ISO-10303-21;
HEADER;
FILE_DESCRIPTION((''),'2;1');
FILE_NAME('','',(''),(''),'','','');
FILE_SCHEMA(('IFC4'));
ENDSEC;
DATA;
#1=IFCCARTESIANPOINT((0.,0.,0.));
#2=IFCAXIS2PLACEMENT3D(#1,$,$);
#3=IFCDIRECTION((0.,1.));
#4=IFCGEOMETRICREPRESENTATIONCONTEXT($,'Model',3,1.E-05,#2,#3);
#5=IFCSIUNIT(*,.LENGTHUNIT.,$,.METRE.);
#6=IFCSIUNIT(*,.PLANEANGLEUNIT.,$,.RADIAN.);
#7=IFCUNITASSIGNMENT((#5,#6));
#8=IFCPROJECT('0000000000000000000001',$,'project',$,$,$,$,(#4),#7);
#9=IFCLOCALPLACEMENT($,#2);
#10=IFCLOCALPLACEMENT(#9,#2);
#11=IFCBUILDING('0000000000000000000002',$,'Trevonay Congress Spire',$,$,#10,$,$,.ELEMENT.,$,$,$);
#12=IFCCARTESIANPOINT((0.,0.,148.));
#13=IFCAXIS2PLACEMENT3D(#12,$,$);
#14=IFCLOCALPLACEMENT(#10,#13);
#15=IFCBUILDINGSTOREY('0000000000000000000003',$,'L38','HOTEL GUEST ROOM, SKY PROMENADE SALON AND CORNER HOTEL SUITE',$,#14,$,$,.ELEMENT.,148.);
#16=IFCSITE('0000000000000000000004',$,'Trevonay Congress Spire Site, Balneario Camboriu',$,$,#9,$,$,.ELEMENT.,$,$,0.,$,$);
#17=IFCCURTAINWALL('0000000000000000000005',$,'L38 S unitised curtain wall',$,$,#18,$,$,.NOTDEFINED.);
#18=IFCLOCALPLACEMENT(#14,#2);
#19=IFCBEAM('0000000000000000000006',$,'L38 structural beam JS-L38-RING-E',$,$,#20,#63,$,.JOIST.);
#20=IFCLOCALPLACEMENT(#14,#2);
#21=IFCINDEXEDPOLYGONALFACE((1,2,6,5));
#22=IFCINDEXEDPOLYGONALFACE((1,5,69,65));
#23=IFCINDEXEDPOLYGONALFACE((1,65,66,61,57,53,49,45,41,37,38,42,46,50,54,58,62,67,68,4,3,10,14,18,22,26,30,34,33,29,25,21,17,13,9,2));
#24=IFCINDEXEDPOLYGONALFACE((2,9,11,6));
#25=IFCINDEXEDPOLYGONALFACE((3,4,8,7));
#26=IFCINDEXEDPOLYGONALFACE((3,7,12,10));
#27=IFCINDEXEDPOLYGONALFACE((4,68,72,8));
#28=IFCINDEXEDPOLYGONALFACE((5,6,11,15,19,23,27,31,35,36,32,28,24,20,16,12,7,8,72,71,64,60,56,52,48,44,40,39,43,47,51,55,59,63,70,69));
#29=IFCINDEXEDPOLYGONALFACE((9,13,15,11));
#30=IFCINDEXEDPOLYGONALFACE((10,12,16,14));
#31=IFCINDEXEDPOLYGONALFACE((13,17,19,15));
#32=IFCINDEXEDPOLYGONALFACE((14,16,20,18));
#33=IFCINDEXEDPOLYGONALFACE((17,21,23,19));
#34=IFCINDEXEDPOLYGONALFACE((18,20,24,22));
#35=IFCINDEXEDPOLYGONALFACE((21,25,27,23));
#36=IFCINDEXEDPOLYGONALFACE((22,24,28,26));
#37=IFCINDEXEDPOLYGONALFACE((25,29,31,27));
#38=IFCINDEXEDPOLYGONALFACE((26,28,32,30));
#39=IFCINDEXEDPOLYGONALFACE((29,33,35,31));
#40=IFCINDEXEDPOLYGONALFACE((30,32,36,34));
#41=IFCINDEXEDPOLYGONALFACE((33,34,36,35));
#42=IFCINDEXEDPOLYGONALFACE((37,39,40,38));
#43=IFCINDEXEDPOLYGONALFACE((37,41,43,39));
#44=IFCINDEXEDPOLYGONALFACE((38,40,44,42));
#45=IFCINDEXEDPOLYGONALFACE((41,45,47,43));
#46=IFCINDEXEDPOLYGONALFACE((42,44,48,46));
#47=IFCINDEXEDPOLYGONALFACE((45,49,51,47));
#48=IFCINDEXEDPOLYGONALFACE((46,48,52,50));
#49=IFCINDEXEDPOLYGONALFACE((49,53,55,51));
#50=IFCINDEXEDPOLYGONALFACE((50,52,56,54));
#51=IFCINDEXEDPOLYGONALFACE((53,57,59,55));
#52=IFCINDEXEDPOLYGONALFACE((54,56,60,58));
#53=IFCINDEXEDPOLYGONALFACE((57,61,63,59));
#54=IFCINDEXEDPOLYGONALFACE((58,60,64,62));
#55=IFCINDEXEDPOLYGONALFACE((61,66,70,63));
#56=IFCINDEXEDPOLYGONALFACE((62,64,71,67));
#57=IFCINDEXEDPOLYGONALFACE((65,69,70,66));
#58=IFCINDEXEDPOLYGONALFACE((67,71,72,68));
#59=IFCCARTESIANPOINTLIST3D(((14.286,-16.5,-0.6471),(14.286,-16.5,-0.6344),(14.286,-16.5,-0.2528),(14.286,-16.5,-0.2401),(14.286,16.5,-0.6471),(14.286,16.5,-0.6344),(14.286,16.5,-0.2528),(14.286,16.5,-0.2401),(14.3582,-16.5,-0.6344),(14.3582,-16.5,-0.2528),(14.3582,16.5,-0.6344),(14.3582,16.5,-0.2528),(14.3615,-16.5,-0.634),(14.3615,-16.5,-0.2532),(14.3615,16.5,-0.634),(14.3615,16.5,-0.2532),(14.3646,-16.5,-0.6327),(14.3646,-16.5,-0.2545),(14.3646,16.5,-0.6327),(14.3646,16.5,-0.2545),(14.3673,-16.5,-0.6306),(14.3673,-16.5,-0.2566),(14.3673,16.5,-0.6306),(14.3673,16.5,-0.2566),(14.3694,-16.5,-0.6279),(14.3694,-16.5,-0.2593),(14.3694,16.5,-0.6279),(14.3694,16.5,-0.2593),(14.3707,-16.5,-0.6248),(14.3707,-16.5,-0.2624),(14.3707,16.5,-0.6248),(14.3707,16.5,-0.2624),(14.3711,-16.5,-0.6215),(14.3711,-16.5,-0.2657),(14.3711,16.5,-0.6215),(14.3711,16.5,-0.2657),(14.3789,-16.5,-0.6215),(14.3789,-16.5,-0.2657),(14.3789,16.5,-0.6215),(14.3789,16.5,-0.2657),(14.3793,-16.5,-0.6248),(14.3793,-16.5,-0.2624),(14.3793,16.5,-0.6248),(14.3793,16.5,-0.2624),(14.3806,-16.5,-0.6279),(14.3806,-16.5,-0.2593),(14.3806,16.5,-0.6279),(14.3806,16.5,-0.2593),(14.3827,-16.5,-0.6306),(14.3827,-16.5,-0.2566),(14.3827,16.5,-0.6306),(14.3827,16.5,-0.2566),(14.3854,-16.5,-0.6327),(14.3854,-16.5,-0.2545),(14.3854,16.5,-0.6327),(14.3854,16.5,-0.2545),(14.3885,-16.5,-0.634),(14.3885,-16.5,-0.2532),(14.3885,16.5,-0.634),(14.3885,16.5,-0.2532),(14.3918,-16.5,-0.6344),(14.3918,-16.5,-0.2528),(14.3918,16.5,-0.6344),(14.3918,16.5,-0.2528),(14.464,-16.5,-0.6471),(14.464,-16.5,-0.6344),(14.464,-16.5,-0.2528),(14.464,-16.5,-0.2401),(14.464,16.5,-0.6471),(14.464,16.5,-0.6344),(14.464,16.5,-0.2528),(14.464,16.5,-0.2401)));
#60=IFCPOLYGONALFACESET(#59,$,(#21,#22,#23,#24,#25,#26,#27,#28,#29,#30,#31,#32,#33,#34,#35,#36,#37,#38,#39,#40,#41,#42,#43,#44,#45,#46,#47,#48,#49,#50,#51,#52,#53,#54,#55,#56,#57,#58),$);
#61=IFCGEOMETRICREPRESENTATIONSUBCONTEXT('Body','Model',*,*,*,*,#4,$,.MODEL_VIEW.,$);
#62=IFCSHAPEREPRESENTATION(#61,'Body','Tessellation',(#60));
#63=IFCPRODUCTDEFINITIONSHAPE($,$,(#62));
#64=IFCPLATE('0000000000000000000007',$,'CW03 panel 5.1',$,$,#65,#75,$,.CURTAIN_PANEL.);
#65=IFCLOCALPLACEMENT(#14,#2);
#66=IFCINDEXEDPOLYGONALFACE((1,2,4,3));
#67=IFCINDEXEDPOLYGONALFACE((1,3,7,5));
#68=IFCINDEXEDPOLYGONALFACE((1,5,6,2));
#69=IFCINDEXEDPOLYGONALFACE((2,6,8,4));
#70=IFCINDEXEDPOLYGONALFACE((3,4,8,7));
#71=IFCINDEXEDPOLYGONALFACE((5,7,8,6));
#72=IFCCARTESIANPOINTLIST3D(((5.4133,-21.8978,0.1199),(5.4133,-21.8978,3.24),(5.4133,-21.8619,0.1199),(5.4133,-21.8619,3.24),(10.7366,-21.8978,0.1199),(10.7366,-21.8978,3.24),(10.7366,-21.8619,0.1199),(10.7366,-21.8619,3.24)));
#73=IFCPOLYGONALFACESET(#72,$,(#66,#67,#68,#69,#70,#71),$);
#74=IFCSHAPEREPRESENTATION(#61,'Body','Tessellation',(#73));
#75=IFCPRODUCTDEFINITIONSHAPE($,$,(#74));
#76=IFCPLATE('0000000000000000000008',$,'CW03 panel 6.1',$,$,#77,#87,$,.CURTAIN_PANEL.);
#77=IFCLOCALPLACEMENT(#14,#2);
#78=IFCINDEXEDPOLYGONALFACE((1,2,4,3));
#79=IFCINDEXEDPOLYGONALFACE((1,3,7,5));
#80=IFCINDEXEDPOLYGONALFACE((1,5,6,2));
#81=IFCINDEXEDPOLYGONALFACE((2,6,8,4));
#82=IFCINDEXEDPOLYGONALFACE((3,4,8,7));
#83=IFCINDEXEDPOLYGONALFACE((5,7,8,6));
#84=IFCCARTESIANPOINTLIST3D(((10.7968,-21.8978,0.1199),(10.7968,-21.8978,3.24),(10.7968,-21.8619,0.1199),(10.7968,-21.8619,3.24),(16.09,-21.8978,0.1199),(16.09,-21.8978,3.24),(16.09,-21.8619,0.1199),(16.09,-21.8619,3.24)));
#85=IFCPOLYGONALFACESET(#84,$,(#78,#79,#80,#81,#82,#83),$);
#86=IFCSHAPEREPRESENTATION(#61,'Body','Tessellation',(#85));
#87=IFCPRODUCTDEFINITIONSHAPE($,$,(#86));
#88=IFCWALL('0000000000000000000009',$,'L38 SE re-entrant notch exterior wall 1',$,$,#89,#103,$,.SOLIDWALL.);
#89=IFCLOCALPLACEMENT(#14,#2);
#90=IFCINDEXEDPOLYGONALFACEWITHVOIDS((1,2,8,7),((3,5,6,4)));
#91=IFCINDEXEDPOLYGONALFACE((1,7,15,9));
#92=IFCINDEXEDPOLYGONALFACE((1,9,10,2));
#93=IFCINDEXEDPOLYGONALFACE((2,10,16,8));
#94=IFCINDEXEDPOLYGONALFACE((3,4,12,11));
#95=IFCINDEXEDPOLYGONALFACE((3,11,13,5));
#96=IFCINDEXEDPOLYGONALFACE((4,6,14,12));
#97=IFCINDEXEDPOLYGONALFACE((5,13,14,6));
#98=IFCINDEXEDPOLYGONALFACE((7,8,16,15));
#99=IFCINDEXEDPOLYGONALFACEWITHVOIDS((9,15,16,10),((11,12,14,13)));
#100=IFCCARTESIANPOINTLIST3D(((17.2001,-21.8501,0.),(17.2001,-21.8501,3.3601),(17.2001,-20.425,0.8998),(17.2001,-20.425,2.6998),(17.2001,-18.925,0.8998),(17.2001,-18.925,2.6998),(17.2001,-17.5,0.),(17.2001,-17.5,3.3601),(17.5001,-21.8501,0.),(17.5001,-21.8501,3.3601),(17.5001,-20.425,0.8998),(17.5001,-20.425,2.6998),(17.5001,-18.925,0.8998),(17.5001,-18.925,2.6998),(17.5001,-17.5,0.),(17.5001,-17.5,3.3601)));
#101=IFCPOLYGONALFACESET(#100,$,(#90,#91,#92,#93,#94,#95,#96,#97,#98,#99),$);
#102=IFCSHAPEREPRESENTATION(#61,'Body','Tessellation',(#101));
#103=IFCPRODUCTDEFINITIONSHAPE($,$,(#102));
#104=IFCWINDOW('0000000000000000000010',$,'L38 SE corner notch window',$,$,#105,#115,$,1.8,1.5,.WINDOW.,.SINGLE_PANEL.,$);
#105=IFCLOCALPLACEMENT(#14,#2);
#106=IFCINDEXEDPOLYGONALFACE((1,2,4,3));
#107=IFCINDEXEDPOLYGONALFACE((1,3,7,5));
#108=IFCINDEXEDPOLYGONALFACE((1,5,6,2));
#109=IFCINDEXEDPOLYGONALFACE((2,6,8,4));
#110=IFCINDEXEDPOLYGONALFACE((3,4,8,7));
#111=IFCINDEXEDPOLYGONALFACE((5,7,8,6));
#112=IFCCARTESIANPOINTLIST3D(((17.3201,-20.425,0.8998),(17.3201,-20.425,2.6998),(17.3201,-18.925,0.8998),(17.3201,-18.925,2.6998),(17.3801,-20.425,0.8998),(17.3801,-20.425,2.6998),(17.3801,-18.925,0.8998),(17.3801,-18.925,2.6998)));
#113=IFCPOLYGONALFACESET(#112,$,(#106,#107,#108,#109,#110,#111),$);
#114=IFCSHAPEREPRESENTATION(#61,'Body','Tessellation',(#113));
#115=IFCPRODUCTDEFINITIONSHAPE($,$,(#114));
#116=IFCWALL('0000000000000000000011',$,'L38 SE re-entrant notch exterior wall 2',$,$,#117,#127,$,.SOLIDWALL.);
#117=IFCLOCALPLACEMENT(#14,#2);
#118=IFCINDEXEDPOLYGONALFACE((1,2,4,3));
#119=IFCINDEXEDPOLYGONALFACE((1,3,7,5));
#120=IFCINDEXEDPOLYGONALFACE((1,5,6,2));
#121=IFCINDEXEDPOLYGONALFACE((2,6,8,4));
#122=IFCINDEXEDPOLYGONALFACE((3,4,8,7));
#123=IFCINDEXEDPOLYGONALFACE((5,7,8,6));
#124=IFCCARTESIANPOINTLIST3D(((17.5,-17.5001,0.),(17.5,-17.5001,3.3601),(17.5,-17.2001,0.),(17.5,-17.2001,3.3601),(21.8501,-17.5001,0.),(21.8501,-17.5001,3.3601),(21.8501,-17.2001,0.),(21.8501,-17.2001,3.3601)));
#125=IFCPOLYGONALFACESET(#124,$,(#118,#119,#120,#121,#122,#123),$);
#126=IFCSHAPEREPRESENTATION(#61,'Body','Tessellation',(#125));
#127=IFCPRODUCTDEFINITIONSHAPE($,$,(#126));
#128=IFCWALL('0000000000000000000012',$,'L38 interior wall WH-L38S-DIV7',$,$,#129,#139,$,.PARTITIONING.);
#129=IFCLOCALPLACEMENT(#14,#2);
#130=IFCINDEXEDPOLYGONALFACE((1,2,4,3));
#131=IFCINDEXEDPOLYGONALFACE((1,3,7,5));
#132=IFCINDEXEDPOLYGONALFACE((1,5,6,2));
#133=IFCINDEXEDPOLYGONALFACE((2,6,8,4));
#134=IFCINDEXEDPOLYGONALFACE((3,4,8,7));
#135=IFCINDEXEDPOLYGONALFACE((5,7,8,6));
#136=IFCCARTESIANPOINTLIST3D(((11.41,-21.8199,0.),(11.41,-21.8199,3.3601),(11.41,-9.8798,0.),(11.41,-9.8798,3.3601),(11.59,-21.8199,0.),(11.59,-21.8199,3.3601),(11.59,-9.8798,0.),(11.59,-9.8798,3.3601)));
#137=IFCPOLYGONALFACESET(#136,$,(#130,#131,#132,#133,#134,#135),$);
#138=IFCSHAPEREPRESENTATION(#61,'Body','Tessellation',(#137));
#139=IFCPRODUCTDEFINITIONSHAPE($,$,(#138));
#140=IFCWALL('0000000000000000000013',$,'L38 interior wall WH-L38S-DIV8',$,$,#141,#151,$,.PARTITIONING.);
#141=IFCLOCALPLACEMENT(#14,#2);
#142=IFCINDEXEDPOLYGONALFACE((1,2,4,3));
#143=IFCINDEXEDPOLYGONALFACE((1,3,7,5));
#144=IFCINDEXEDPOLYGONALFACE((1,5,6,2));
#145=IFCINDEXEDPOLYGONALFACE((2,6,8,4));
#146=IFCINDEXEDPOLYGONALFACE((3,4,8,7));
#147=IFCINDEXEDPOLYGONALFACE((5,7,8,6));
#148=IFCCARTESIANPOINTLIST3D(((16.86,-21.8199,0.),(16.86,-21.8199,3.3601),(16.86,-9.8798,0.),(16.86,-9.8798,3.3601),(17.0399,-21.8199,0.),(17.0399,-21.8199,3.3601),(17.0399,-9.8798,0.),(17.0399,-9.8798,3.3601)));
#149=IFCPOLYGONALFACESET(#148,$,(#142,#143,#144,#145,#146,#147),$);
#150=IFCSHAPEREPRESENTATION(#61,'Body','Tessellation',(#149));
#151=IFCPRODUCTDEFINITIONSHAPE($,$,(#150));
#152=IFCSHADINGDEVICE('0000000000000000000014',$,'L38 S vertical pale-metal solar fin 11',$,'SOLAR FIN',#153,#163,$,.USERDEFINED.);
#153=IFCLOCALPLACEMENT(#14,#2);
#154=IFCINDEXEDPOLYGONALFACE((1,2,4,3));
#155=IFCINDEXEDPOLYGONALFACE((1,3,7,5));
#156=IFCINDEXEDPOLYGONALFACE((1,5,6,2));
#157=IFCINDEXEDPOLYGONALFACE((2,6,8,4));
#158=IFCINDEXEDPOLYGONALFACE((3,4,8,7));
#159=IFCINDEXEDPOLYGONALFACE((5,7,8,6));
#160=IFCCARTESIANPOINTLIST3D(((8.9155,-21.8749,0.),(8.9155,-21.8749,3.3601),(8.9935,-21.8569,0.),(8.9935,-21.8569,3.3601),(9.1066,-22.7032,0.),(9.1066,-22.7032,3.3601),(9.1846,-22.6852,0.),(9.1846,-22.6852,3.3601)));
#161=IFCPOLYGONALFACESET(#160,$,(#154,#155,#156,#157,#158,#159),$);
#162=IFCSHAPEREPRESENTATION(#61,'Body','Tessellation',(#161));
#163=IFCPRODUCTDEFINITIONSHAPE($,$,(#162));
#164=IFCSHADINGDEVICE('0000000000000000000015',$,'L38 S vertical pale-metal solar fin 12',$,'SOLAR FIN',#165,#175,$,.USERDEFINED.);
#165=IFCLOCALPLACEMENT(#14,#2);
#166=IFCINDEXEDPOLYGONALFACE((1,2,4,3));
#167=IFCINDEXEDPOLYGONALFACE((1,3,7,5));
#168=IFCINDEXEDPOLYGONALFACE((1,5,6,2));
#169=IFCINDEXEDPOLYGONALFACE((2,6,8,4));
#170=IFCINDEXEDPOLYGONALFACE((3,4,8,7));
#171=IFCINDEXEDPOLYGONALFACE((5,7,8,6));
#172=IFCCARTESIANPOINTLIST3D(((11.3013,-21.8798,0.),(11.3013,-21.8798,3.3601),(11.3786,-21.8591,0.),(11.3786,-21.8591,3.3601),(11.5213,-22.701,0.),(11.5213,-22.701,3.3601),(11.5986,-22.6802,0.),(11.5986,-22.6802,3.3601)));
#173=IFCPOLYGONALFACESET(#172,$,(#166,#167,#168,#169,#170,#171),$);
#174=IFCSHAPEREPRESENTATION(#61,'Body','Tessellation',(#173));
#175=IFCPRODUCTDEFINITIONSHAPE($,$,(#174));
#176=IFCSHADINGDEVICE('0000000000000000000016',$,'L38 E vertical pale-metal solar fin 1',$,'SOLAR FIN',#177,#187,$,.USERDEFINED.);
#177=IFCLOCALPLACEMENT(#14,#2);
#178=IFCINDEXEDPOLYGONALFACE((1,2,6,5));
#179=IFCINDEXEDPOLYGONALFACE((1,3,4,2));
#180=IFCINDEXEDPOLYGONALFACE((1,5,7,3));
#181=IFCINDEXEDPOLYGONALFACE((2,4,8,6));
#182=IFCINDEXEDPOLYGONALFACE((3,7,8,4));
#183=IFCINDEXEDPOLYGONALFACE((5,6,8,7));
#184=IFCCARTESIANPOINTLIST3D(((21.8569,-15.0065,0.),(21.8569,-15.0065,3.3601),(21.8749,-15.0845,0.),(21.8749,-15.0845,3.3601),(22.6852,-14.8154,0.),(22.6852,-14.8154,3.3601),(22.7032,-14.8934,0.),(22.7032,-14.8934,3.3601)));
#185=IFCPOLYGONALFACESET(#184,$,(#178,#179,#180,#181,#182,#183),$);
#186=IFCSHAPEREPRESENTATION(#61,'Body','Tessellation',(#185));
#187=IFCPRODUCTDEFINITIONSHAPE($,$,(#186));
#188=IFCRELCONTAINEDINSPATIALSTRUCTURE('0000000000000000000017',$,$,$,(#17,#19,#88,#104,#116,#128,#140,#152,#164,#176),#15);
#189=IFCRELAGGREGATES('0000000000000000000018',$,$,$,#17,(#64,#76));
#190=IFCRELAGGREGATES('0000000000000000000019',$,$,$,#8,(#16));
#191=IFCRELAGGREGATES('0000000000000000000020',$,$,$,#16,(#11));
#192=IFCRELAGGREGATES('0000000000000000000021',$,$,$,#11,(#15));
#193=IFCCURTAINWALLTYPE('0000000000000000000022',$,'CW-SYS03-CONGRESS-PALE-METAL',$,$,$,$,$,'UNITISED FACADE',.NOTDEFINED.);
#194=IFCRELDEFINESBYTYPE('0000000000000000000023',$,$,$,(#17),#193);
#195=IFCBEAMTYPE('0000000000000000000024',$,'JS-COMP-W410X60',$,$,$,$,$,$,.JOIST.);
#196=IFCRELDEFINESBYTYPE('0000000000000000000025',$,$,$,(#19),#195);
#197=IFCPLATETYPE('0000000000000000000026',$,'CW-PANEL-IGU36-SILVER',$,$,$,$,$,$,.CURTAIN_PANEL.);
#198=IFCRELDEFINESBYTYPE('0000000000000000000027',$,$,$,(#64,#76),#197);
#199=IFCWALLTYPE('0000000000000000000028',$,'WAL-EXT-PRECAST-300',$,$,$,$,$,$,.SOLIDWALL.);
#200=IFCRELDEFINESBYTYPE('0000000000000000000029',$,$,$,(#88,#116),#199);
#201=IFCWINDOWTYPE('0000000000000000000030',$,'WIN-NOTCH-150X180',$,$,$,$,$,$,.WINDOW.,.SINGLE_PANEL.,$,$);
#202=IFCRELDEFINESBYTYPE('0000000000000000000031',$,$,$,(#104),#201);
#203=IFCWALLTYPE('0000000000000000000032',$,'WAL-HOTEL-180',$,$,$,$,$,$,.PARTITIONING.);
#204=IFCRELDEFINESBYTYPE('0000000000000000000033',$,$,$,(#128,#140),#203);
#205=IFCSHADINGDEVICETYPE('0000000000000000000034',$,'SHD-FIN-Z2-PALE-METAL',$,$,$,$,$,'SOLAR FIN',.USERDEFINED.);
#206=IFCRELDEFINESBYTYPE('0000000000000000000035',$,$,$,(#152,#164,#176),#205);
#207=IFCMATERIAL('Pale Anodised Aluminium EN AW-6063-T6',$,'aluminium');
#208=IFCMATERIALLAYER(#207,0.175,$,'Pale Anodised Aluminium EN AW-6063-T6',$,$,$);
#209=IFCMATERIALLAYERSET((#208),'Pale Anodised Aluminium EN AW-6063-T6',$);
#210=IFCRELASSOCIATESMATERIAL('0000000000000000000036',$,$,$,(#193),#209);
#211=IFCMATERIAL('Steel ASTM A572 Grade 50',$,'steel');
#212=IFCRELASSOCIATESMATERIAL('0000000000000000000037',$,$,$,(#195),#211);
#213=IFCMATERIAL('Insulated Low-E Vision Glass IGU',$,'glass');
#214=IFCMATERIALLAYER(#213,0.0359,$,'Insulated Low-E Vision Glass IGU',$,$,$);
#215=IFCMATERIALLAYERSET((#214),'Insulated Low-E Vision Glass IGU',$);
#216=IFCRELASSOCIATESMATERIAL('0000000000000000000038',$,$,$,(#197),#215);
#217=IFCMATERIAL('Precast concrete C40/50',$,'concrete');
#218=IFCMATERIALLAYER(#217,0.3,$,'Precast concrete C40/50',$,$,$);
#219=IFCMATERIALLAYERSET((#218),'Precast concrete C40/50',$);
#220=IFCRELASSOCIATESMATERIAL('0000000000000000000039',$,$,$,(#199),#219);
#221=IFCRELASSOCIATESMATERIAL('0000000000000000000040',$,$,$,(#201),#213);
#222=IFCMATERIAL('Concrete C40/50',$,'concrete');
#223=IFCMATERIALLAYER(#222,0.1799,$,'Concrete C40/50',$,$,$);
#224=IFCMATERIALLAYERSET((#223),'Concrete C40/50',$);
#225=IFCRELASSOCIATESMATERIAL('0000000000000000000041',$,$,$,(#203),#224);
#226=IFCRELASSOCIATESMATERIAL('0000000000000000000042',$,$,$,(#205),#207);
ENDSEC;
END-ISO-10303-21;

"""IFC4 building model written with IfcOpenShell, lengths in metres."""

from ifc_helpers import new_model, si_unit, direction, frame, frame_2d, origin, origin_2d, place, context, subcontext, project, spatial, rectangle, i_section, extrude, material, layer, layer_set, material_profile, profile_set, type_object, element, fill, aggregate, save


model = new_model("IFC4")

# Units and contexts
model_context = context("Model", 3, precision=1e-05, world=origin(), true_north=direction((0.0, 1.0)))
body_context = subcontext(model_context, "Body", "Model", "MODEL_VIEW")
ifc_project = project(units=[si_unit("LENGTHUNIT", "METRE"), si_unit("PLANEANGLEUNIT", "RADIAN")], contexts=[model_context])

# Site, building, storey
site_placement = place(None, origin())
site = spatial("IfcSite", under=ifc_project, at=site_placement, Name="Trevonay Congress Spire Site, Balneario Camboriu", CompositionType="ELEMENT", RefElevation=0.0)
building_placement = place(site_placement, origin())
building = spatial("IfcBuilding", under=site, at=building_placement, Name="Trevonay Congress Spire", CompositionType="ELEMENT")
storey_placement = place(building_placement, frame((0.0, 0.0, 148.0)))
storey = spatial("IfcBuildingStorey", under=building, at=storey_placement, Name="L38", Description="HOTEL GUEST ROOM, SKY PROMENADE SALON AND CORNER HOTEL SUITE", CompositionType="ELEMENT", Elevation=148.0)

# Shared definitions
ifc_material_1 = material(Name="Steel ASTM A572 Grade 50", Category="steel")

# Curtain wall
ifc_material_2 = material(Name="Pale Anodised Aluminium EN AW-6063-T6", Category="aluminium")
ifc_layer_1 = layer(ifc_material_2, 0.175, Name="Pale Anodised Aluminium EN AW-6063-T6")
ifc_layer_set_1 = layer_set([ifc_layer_1], Name="Pale Anodised Aluminium EN AW-6063-T6")
curtain_wall_type = type_object("IfcCurtainWallType", Name="CW-SYS03-CONGRESS-PALE-METAL", ElementType="UNITISED FACADE", PredefinedType="NOTDEFINED", material=ifc_layer_set_1)
curtain_wall_1_placement = place(storey_placement, origin())
curtain_wall_1 = element("IfcCurtainWall", 1, at=curtain_wall_1_placement, inside=storey, type_object=curtain_wall_type, Name="L38 S unitised curtain wall", PredefinedType="NOTDEFINED")

# Beam
ifc_material_profile_1 = material_profile(ifc_material_1, i_section(OverallWidth=0.178, OverallDepth=0.407, WebThickness=0.0078, FlangeThickness=0.0127, FilletRadius=0.0129, at=origin_2d()), Name="W410x60")
ifc_profile_set_1 = profile_set([ifc_material_profile_1], Name="Steel ASTM A572 Grade 50")
beam_type_1 = type_object("IfcBeamType", Name="JS-COMP-W410X60", PredefinedType="JOIST", material=ifc_profile_set_1)
beam_placement = place(storey_placement, frame((14.375, -16.5, -0.4436), z_axis=(0.0, 1.0, 0.0), x_axis=(-1.0, 0.0, 0.0)))
element("IfcBeam", 2, at=beam_placement, inside=storey, type_object=beam_type_1, Name="L38 structural beam JS-L38-RING-E", PredefinedType="JOIST", context=body_context, shape_type="SweptSolid", body=[
    extrude(i_section(OverallWidth=0.178, OverallDepth=0.407, WebThickness=0.0078, FlangeThickness=0.0127, FilletRadius=0.0129, at=origin_2d()), origin(), (0.0, 0.0, 1.0), 33.0),
])

# Plates
ifc_material_3 = material(Name="Insulated Low-E Vision Glass IGU", Category="glass")
ifc_layer_2 = layer(ifc_material_3, 0.0359, Name="Insulated Low-E Vision Glass IGU")
ifc_layer_set_2 = layer_set([ifc_layer_2], Name="Insulated Low-E Vision Glass IGU")
plate_type = type_object("IfcPlateType", Name="CW-PANEL-IGU36-SILVER", PredefinedType="CURTAIN_PANEL", material=ifc_layer_set_2)
plate_1_placement = place(storey_placement, frame((8.075, -21.8799, 0.1199), z_axis=(0.0, 0.0, 1.0), x_axis=(1.0, 0.0, 0.0)))
plate_1 = element("IfcPlate", 3, at=plate_1_placement, type_object=plate_type, Name="CW03 panel 5.1", PredefinedType="CURTAIN_PANEL", context=body_context, shape_type="SweptSolid", body=[
    extrude(rectangle(XDim=5.3232, YDim=0.0359, at=origin_2d()), origin(), (0.0, 0.0, 1.0), 3.1201),
])
plate_2_placement = place(storey_placement, frame((13.4434, -21.8799, 0.1199), z_axis=(0.0, 0.0, 1.0), x_axis=(1.0, 0.0, 0.0)))
plate_2 = element("IfcPlate", 4, at=plate_2_placement, type_object=plate_type, Name="CW03 panel 6.1", PredefinedType="CURTAIN_PANEL", context=body_context, shape_type="SweptSolid", body=[
    extrude(rectangle(XDim=5.2932, YDim=0.0359, at=origin_2d()), origin(), (0.0, 0.0, 1.0), 3.1201),
])
aggregate(curtain_wall_1, [plate_1, plate_2])

# Wall, opening, window
ifc_material_4 = material(Name="Precast concrete C40/50", Category="concrete")
ifc_layer_3 = layer(ifc_material_4, 0.3, Name="Precast concrete C40/50")
ifc_layer_set_3 = layer_set([ifc_layer_3], Name="Precast concrete C40/50")
wall_type_1 = type_object("IfcWallType", Name="WAL-EXT-PRECAST-300", PredefinedType="SOLIDWALL", material=ifc_layer_set_3)
wall_1_placement = place(storey_placement, frame((17.3501, -21.8501, 0.0), z_axis=(0.0, 0.0, 1.0), x_axis=(0.0, 1.0, 0.0)))
wall_1 = element("IfcWall", 5, at=wall_1_placement, inside=storey, type_object=wall_type_1, Name="L38 SE re-entrant notch exterior wall 1", PredefinedType="SOLIDWALL", context=body_context, shape_type="SweptSolid", body=[
    extrude(rectangle(XDim=4.3501, YDim=0.3, at=frame_2d((2.175, 0.0))), origin(), (0.0, 0.0, 1.0), 3.3601),
])
opening_placement = place(wall_1_placement, frame((1.425, 0.0, 0.8999)))
opening = element("IfcOpeningElement", 6, at=opening_placement, cuts=wall_1, PredefinedType="OPENING", context=body_context, shape_type="SweptSolid", body=[
    extrude(rectangle(XDim=1.5, YDim=1.8, at=frame_2d((0.75, 0.8999))), frame((0.0, 0.1602, 0.0), z_axis=(0.0, -1.0, 0.0), x_axis=(1.0, 0.0, 0.0)), (0.0, 0.0, 1.0), 0.3201),
])
window_type = type_object("IfcWindowType", Name="WIN-NOTCH-150X180", PartitioningType="SINGLE_PANEL", PredefinedType="WINDOW", material=ifc_material_3)
window_placement = place(opening_placement, origin())
window = element("IfcWindow", 7, at=window_placement, inside=storey, type_object=window_type, Name="L38 SE corner notch window", OverallHeight=1.8, OverallWidth=1.5, PartitioningType="SINGLE_PANEL", PredefinedType="WINDOW", context=body_context, shape_type="SweptSolid", body=[
    extrude(rectangle(XDim=1.5, YDim=1.8, at=frame_2d((0.75, 0.8999))), frame((0.0, 0.03, 0.0), z_axis=(0.0, -1.0, 0.0), x_axis=(1.0, 0.0, 0.0)), (0.0, 0.0, 1.0), 0.0601),
])
fill(opening, window)

# Walls
wall_2_placement = place(storey_placement, frame((21.8501, -17.3501, 0.0), z_axis=(0.0, 0.0, 1.0), x_axis=(-1.0, 0.0, 0.0)))
element("IfcWall", 8, at=wall_2_placement, inside=storey, type_object=wall_type_1, Name="L38 SE re-entrant notch exterior wall 2", PredefinedType="SOLIDWALL", context=body_context, shape_type="SweptSolid", body=[
    extrude(rectangle(XDim=4.3501, YDim=0.3, at=frame_2d((2.175, 0.0))), origin(), (0.0, 0.0, 1.0), 3.3601),
])
ifc_material_5 = material(Name="Concrete C40/50", Category="concrete")
ifc_layer_4 = layer(ifc_material_5, 0.1799, Name="Concrete C40/50")
ifc_layer_set_4 = layer_set([ifc_layer_4], Name="Concrete C40/50")
wall_type_2 = type_object("IfcWallType", Name="WAL-HOTEL-180", PredefinedType="PARTITIONING", material=ifc_layer_set_4)
for number, where, z_axis, x_axis, name in (
    (9, (11.5, -21.8201, 0.0), (0.0, 0.0, 1.0), (0.0, 1.0, 0.0), "L38 interior wall WH-L38S-DIV7"),
    (10, (16.95, -21.8201, 0.0), (0.0, 0.0, 1.0), (0.0, 1.0, 0.0), "L38 interior wall WH-L38S-DIV8"),
):
    element("IfcWall", number, at=place(storey_placement, frame(where, z_axis=z_axis, x_axis=x_axis)), inside=storey, type_object=wall_type_2, Name=name, PredefinedType="PARTITIONING", context=body_context, shape_type="SweptSolid", body=[
        extrude(rectangle(XDim=11.9402, YDim=0.1799, at=frame_2d((5.9702, 0.0))), origin(), (0.0, 0.0, 1.0), 3.3601),
    ])

# Shading devices
shading_device_type = type_object("IfcShadingDeviceType", Name="SHD-FIN-Z2-PALE-METAL", ElementType="SOLAR FIN", PredefinedType="USERDEFINED", material=ifc_material_2)
for number, where, z_axis, x_axis, name in (
    (11, (9.05, -22.28, 0.0), (0.0, 0.0, 1.0), (0.974409, 0.224781, 0.0), "L38 S vertical pale-metal solar fin 11"),
    (12, (11.45, -22.28, 0.0), (0.0, 0.0, 1.0), (0.965926, 0.258819, 0.0), "L38 S vertical pale-metal solar fin 12"),
    (13, (22.28, -14.95, 0.0), (0.0, 0.0, 1.0), (-0.224781, 0.974409, 0.0), "L38 E vertical pale-metal solar fin 1"),
):
    element("IfcShadingDevice", number, at=place(storey_placement, frame(where, z_axis=z_axis, x_axis=x_axis)), inside=storey, type_object=shading_device_type, Name=name, ObjectType="SOLAR FIN", PredefinedType="USERDEFINED", context=body_context, shape_type="SweptSolid", body=[
        extrude(rectangle(XDim=0.0801, YDim=0.8501, at=origin_2d()), origin(), (0.0, 0.0, 1.0), 3.3601),
    ])

save(model, "model.ifc")
